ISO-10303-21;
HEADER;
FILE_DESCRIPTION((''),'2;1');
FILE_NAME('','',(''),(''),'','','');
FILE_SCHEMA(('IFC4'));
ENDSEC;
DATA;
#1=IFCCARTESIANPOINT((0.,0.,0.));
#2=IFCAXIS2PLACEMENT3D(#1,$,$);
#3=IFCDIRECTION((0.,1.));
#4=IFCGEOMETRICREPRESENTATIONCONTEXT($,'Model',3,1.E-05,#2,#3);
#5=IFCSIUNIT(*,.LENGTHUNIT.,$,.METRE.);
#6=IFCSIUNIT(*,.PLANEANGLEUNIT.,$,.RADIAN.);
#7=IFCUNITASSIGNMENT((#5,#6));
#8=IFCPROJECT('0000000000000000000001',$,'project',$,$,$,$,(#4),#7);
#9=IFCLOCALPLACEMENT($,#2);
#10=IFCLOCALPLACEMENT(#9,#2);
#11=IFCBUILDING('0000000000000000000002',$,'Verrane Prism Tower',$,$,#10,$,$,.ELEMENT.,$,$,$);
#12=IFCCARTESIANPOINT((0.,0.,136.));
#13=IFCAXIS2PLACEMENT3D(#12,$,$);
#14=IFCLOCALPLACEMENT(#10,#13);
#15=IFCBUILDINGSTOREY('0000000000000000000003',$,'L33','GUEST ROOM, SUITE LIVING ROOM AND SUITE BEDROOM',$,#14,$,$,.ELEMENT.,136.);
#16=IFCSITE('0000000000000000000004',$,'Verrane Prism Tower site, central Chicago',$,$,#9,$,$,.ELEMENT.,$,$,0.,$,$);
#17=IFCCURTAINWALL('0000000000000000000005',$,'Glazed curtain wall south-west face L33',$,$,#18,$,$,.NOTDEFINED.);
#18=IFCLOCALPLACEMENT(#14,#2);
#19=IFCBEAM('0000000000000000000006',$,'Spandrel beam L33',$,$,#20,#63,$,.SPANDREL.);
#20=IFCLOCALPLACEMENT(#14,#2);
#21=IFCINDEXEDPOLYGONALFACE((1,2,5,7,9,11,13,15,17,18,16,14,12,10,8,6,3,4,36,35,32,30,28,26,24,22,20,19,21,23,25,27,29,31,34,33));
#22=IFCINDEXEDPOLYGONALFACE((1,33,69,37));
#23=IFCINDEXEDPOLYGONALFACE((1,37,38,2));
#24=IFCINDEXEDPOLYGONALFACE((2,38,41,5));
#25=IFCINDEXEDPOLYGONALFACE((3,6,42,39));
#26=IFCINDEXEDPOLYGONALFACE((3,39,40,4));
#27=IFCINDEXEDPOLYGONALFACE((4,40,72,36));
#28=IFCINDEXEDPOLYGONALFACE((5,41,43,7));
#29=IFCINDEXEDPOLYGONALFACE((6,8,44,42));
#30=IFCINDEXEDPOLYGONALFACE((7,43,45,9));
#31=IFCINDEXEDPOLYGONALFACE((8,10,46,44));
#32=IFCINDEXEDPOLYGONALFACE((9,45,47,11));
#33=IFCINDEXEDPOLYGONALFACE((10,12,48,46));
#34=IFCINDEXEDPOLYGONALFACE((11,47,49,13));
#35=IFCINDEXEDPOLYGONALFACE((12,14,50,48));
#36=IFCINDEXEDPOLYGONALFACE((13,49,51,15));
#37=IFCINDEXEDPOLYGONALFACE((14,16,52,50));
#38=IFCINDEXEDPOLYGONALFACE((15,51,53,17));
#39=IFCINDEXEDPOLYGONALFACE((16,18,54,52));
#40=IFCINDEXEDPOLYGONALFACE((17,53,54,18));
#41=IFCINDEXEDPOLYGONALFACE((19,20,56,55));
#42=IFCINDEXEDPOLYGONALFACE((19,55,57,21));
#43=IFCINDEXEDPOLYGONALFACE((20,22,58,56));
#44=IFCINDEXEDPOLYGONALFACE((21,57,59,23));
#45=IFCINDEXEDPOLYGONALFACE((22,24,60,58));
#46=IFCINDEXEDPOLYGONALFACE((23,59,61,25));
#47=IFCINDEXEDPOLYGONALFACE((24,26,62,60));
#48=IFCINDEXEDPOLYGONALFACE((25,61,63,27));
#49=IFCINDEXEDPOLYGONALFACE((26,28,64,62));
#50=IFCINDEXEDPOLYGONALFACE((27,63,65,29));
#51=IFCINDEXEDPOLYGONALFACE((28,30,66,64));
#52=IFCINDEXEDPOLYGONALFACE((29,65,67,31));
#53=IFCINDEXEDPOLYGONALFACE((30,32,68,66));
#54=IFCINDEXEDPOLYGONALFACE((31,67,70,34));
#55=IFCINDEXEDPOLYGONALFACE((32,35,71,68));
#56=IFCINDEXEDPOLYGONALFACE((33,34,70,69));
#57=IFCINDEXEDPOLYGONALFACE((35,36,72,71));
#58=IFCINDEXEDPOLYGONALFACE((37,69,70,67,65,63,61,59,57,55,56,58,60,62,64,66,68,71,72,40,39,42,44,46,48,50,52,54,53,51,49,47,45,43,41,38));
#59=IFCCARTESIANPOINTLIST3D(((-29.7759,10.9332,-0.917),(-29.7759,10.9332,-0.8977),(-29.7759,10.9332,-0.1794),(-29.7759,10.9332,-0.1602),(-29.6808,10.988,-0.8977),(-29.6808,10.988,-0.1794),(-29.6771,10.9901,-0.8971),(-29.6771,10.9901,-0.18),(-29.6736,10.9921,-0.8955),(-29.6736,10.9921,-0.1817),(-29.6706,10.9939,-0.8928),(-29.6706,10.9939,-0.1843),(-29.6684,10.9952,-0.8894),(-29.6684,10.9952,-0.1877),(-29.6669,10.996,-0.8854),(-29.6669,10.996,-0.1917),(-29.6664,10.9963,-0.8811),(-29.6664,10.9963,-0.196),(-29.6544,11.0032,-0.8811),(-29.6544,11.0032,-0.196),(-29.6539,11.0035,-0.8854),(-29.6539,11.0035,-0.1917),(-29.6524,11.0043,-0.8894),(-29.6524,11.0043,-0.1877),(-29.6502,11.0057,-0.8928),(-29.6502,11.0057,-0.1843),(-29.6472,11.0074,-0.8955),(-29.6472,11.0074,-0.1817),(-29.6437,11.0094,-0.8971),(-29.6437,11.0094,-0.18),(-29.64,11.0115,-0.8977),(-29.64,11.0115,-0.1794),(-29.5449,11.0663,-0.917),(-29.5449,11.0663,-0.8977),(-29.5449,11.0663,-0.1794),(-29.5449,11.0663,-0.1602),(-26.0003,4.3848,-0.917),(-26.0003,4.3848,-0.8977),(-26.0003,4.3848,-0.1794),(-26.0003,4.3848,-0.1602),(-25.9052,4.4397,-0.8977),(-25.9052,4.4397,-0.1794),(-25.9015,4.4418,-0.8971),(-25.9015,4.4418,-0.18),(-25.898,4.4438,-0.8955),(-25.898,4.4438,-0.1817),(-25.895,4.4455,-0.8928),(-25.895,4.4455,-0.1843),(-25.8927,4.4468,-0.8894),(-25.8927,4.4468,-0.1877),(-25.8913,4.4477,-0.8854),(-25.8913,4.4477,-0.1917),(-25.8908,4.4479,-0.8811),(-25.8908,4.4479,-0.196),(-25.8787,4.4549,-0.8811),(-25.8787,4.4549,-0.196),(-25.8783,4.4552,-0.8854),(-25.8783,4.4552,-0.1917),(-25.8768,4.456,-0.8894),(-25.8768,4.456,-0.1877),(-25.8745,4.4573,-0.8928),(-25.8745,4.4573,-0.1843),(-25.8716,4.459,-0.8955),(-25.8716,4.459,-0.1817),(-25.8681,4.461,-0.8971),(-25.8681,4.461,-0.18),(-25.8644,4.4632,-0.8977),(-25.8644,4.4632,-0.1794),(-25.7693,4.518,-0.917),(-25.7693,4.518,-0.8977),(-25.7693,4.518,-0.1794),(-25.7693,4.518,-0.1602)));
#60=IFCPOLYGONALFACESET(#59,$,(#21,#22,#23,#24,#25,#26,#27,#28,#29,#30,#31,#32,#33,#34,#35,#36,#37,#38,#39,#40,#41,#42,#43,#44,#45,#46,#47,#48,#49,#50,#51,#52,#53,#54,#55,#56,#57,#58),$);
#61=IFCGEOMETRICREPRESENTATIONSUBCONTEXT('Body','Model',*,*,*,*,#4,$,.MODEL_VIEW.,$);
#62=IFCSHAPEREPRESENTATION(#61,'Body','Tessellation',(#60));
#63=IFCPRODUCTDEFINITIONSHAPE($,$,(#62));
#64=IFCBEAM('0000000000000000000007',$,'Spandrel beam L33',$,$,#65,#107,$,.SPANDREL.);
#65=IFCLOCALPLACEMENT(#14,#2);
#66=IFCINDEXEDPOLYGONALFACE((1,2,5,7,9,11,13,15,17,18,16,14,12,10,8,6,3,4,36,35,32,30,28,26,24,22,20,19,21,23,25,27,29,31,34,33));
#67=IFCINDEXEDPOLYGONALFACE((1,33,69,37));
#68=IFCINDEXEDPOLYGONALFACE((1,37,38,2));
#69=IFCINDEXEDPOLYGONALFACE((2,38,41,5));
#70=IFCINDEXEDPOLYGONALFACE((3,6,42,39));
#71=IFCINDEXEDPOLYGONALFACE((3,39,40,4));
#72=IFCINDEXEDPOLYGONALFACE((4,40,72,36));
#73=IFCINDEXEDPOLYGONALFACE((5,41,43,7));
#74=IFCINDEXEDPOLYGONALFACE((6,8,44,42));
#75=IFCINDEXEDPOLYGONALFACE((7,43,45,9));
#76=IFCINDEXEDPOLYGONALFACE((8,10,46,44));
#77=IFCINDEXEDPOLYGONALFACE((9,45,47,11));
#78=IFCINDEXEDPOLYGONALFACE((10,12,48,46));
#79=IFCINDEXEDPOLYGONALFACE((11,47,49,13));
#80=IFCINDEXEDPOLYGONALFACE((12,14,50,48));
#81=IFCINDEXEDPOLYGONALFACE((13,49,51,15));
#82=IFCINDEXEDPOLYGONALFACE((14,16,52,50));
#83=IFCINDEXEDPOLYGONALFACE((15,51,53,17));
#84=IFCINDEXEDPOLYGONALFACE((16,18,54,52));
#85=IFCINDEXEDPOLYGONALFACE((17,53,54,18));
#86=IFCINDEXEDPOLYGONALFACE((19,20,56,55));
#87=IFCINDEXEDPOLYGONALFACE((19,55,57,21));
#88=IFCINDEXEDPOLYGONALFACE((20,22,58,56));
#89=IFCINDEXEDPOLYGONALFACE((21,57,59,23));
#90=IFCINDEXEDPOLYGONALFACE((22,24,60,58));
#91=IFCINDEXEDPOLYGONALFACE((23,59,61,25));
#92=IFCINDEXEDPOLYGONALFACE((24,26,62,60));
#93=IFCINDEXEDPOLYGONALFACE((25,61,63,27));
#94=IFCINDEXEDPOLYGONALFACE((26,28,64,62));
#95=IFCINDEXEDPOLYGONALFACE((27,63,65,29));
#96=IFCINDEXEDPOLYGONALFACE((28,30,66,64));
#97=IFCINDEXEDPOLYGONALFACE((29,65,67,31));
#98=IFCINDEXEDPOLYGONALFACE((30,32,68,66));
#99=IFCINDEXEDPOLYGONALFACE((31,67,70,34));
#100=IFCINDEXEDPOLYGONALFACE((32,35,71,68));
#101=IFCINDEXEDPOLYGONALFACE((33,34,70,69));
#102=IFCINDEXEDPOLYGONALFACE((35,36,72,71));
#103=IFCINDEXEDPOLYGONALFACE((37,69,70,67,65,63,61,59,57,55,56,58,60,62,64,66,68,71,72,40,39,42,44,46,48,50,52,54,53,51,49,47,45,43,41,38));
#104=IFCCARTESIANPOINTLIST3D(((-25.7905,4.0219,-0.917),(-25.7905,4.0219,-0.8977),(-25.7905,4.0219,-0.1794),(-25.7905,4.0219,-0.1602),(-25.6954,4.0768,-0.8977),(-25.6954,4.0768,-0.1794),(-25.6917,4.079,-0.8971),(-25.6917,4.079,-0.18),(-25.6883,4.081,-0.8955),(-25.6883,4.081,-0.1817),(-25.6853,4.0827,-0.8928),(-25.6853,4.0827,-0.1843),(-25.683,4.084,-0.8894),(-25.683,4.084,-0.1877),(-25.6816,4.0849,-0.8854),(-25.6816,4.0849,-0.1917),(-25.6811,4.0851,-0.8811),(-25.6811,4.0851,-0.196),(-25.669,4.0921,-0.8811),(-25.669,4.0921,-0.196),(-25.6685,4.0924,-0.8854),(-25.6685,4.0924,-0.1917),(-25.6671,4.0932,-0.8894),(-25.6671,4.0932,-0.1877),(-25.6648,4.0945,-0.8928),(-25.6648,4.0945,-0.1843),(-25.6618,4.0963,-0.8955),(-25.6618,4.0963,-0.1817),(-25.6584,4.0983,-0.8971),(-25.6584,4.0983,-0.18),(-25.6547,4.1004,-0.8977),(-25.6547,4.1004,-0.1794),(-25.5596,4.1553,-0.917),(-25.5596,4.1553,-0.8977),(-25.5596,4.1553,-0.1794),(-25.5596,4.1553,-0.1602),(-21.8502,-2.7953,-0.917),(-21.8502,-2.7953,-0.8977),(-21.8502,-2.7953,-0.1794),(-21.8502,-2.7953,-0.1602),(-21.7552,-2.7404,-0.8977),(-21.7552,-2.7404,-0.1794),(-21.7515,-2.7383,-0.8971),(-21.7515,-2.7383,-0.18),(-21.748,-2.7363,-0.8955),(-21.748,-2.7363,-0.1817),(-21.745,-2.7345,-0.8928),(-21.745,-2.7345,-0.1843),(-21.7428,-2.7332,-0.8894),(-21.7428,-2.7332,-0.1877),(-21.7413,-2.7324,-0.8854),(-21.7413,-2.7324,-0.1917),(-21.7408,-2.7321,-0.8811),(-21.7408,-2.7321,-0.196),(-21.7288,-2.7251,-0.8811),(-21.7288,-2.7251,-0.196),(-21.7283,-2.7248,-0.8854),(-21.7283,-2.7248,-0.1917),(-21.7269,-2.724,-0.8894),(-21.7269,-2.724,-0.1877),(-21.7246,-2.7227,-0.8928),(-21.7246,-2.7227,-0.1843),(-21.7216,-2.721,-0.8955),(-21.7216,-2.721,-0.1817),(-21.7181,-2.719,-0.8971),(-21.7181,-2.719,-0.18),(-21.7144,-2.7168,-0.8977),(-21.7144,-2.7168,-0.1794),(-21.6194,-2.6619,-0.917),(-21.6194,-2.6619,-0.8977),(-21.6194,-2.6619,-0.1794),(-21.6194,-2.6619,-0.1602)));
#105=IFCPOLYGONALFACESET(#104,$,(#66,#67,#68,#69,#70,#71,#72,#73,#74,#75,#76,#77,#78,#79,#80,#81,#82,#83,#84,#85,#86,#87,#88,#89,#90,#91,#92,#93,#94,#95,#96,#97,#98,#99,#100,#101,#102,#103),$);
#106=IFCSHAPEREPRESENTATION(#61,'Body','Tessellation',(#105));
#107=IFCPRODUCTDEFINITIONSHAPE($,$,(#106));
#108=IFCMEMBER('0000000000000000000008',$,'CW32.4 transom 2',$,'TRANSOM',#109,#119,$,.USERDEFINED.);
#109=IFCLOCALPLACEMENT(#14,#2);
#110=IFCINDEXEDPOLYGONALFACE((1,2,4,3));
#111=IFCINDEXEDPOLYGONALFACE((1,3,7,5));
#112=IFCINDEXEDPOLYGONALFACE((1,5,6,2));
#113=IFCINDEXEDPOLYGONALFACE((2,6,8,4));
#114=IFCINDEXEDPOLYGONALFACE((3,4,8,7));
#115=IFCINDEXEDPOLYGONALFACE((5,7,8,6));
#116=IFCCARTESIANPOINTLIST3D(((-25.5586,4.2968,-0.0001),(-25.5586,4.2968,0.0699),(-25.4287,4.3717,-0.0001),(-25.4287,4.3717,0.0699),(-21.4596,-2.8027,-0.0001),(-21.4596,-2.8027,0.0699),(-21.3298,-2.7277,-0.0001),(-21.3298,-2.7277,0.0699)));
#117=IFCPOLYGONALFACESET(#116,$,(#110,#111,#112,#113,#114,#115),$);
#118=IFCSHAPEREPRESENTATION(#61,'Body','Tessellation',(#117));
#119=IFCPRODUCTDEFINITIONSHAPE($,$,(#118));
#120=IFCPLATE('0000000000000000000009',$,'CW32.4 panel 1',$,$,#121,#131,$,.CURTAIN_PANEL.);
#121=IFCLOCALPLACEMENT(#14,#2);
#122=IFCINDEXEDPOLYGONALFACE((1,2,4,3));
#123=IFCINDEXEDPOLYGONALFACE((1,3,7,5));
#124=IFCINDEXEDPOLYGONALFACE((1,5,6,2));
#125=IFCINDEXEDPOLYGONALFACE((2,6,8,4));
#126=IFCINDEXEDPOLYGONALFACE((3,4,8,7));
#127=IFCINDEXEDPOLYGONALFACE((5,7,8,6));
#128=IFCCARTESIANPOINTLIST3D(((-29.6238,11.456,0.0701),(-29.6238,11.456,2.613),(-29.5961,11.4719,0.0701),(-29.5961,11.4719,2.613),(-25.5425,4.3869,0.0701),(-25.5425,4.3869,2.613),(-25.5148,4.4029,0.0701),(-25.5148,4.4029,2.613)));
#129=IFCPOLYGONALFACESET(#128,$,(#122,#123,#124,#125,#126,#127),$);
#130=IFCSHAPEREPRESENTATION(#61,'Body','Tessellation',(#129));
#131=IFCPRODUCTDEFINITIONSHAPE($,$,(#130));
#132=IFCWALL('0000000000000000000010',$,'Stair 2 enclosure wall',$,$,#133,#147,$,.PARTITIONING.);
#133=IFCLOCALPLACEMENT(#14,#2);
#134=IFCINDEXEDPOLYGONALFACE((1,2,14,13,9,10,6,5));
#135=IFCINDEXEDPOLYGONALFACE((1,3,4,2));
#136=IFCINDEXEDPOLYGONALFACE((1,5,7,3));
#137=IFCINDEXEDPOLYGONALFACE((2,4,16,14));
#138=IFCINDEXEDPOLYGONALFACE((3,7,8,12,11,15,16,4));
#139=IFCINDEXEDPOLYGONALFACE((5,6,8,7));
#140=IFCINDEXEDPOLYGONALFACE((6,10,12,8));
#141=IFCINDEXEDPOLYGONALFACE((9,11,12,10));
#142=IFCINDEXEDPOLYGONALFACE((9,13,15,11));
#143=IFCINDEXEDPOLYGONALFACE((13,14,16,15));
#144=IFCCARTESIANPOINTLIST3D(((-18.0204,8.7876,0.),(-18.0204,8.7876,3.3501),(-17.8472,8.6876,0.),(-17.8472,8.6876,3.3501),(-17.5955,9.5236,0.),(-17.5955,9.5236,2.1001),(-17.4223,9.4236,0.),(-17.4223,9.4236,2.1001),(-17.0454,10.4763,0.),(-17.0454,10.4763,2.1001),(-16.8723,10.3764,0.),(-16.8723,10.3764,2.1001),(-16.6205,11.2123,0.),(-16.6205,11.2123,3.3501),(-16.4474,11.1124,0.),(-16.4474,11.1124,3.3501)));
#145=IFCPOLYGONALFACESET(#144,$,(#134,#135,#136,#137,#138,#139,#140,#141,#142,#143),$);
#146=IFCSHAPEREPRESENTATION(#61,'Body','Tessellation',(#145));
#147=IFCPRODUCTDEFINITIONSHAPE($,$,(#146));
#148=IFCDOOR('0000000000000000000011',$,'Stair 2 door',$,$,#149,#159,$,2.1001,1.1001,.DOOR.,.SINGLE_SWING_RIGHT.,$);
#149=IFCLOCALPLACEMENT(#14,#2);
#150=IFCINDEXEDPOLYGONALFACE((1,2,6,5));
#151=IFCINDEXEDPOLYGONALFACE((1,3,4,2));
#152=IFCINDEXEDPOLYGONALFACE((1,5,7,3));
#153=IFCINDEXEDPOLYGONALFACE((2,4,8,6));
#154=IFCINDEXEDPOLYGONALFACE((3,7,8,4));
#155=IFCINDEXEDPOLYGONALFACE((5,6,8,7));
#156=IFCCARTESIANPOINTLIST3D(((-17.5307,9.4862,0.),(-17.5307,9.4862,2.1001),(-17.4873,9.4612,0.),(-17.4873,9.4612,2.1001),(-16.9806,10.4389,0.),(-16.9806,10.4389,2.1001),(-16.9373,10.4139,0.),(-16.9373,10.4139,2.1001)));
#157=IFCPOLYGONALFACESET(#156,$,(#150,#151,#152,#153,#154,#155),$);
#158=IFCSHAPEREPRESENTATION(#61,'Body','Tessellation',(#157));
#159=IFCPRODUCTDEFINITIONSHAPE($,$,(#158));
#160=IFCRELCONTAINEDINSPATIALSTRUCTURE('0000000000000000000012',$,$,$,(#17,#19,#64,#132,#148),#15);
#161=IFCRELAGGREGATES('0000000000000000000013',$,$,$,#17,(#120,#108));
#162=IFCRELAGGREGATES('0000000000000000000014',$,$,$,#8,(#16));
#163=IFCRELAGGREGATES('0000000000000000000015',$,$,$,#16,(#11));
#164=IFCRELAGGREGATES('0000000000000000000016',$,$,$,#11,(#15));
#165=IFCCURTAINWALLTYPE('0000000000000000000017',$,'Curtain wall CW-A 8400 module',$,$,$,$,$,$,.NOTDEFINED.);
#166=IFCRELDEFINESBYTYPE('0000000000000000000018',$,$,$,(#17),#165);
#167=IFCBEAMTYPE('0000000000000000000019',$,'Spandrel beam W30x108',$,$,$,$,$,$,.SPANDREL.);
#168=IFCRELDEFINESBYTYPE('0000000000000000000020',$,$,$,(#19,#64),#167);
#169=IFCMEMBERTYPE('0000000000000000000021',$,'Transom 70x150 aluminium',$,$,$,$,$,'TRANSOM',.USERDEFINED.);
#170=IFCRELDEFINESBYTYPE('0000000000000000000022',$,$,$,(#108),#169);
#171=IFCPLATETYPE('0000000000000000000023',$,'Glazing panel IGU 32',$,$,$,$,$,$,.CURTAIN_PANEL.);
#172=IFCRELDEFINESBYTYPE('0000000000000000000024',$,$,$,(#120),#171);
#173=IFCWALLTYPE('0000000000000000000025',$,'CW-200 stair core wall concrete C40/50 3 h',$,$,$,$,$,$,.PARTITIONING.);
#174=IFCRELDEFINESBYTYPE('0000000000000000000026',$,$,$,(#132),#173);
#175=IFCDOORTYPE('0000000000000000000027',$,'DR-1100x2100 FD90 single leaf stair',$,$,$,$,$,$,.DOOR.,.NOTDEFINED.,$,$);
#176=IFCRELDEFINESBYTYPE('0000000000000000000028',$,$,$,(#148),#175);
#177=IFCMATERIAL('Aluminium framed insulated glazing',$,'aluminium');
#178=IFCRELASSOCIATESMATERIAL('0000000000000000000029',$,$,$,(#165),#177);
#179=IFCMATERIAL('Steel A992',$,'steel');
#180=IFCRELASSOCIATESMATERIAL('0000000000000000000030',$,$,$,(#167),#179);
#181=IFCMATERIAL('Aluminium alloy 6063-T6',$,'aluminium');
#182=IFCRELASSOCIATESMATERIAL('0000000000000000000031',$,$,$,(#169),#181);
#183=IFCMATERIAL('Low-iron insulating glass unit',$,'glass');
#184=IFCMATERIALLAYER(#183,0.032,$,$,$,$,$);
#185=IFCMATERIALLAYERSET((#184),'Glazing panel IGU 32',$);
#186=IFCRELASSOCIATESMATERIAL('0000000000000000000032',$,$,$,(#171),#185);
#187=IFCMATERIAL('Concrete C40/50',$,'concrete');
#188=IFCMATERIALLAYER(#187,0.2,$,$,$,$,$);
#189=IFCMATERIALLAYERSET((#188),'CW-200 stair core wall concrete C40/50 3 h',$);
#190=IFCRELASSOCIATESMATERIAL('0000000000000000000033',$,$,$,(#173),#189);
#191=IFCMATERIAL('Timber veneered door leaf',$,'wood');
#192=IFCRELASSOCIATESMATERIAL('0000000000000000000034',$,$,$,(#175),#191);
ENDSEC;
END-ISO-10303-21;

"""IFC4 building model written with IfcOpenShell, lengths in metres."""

from ifc_helpers import new_model, si_unit, direction, frame, frame_2d, origin, origin_2d, place, context, subcontext, project, spatial, rectangle, i_section, extrude, material, layer, layer_set, material_profile, profile_set, type_object, element, fill, aggregate, save


model = new_model("IFC4")

# Units and contexts
model_context = context("Model", 3, precision=1e-05, world=origin(), true_north=direction((0.0, 1.0)))
body_context = subcontext(model_context, "Body", "Model", "MODEL_VIEW")
ifc_project = project(units=[si_unit("LENGTHUNIT", "METRE"), si_unit("PLANEANGLEUNIT", "RADIAN")], contexts=[model_context])

# Site, building, storey
site_placement = place(None, origin())
site = spatial("IfcSite", under=ifc_project, at=site_placement, Name="Verrane Prism Tower site, central Chicago", CompositionType="ELEMENT", RefElevation=0.0)
building_placement = place(site_placement, origin())
building = spatial("IfcBuilding", under=site, at=building_placement, Name="Verrane Prism Tower", CompositionType="ELEMENT")
storey_placement = place(building_placement, frame((0.0, 0.0, 136.0)))
storey = spatial("IfcBuildingStorey", under=building, at=storey_placement, Name="L33", Description="GUEST ROOM, SUITE LIVING ROOM AND SUITE BEDROOM", CompositionType="ELEMENT", Elevation=136.0)

# Curtain wall
ifc_material_1 = material(Name="Aluminium framed insulated glazing", Category="aluminium")
curtain_wall_type = type_object("IfcCurtainWallType", Name="Curtain wall CW-A 8400 module", PredefinedType="NOTDEFINED", material=ifc_material_1)
curtain_wall_placement = place(storey_placement, origin())
curtain_wall = element("IfcCurtainWall", 1, at=curtain_wall_placement, inside=storey, type_object=curtain_wall_type, Name="Glazed curtain wall south-west face L33", PredefinedType="NOTDEFINED")

# Beams
ifc_material_2 = material(Name="Steel A992", Category="steel")
ifc_material_profile_1 = material_profile(ifc_material_2, i_section(OverallWidth=0.2666, OverallDepth=0.7568, WebThickness=0.0139, FlangeThickness=0.0193, FilletRadius=0.0166, at=origin_2d()), Name="W30x108")
ifc_profile_set_1 = profile_set([ifc_material_profile_1], Name="Steel A992")
beam_type_1 = type_object("IfcBeamType", Name="Spandrel beam W30x108", PredefinedType="SPANDREL", material=ifc_profile_set_1)
beam_1_placement = place(storey_placement, frame((-29.6604, 10.9998, -0.5386), z_axis=(0.499499, -0.866315, 0.0), x_axis=(0.866315, 0.499499, 0.0)))
element("IfcBeam", 2, at=beam_1_placement, inside=storey, type_object=beam_type_1, Name="Spandrel beam L33", PredefinedType="SPANDREL", context=body_context, shape_type="SweptSolid", body=[
    extrude(i_section(OverallWidth=0.2666, OverallDepth=0.7568, WebThickness=0.0139, FlangeThickness=0.0193, FilletRadius=0.0166, at=origin_2d()), origin(), (0.0, 0.0, 1.0), 7.5588),
])
beam_2_placement = place(storey_placement, frame((-25.675, 4.0886, -0.5386), z_axis=(0.50041, -0.865788, 0.0), x_axis=(0.865788, 0.50041, 0.0)))
element("IfcBeam", 3, at=beam_2_placement, inside=storey, type_object=beam_type_1, Name="Spandrel beam L33", PredefinedType="SPANDREL", context=body_context, shape_type="SweptSolid", body=[
    extrude(i_section(OverallWidth=0.2666, OverallDepth=0.7568, WebThickness=0.0139, FlangeThickness=0.0193, FilletRadius=0.0166, at=origin_2d()), origin(), (0.0, 0.0, 1.0), 7.874),
])

# Member
ifc_material_3 = material(Name="Aluminium alloy 6063-T6", Category="aluminium")
ifc_material_profile_2 = material_profile(ifc_material_3, rectangle(XDim=0.1499, YDim=0.0701, at=origin_2d()), Name="Transom 70x150 aluminium")
ifc_profile_set_2 = profile_set([ifc_material_profile_2], Name="Aluminium alloy 6063-T6")
member_type_1 = type_object("IfcMemberType", Name="Transom 70x150 aluminium", ElementType="TRANSOM", PredefinedType="USERDEFINED", material=ifc_profile_set_2)
member_1_placement = place(storey_placement, frame((-25.4937, 4.3342, 0.0349), z_axis=(0.500005, -0.866022, 0.0), x_axis=(0.866022, 0.500005, 0.0)))
member_1 = element("IfcMember", 4, at=member_1_placement, type_object=member_type_1, Name="CW32.4 transom 2", ObjectType="TRANSOM", PredefinedType="USERDEFINED", context=body_context, shape_type="SweptSolid", body=[
    extrude(rectangle(XDim=0.1499, YDim=0.0701, at=origin_2d()), origin(), (0.0, 0.0, 1.0), 8.1978),
])

# Plate
ifc_material_4 = material(Name="Low-iron insulating glass unit", Category="glass")
ifc_layer_1 = layer(ifc_material_4, 0.032)
ifc_layer_set_1 = layer_set([ifc_layer_1], Name="Glazing panel IGU 32")
plate_type = type_object("IfcPlateType", Name="Glazing panel IGU 32", PredefinedType="CURTAIN_PANEL", material=ifc_layer_set_1)
plate_placement = place(storey_placement, frame((-27.5693, 7.9294, 0.0701), z_axis=(0.0, 0.0, 1.0), x_axis=(0.5, -0.866025, 0.0)))
plate = element("IfcPlate", 5, at=plate_placement, type_object=plate_type, Name="CW32.4 panel 1", PredefinedType="CURTAIN_PANEL", context=body_context, shape_type="SweptSolid", body=[
    extrude(rectangle(XDim=8.1626, YDim=0.032, at=origin_2d()), origin(), (0.0, 0.0, 1.0), 2.543),
])
aggregate(curtain_wall, [plate, member_1])

# Wall, opening, door
ifc_material_5 = material(Name="Concrete C40/50", Category="concrete")
ifc_layer_2 = layer(ifc_material_5, 0.2)
ifc_layer_set_2 = layer_set([ifc_layer_2], Name="CW-200 stair core wall concrete C40/50 3 h")
wall_type_1 = type_object("IfcWallType", Name="CW-200 stair core wall concrete C40/50 3 h", PredefinedType="PARTITIONING", material=ifc_layer_set_2)
wall_1_placement = place(storey_placement, frame((-16.5339, 11.1624, 0.0), z_axis=(0.0, 0.0, 1.0), x_axis=(-0.499984, -0.866035, 0.0)))
wall_1 = element("IfcWall", 6, at=wall_1_placement, inside=storey, type_object=wall_type_1, Name="Stair 2 enclosure wall", PredefinedType="PARTITIONING", context=body_context, shape_type="SweptSolid", body=[
    extrude(rectangle(XDim=2.7998, YDim=0.2, at=frame_2d((1.3999, 0.0))), origin(), (0.0, 0.0, 1.0), 3.3501),
])
opening_1_placement = place(wall_1_placement, frame((0.8499, 0.0, 0.0)))
opening_1 = element("IfcOpeningElement", 7, at=opening_1_placement, cuts=wall_1, PredefinedType="OPENING", context=body_context, shape_type="SweptSolid", body=[
    extrude(rectangle(XDim=1.1001, YDim=2.1001, at=frame_2d((0.55, 1.05))), frame((0.0, 0.1099, 0.0), z_axis=(0.0, -1.0, 0.0), x_axis=(1.0, 0.0, 0.0)), (0.0, 0.0, 1.0), 0.22),
])
ifc_material_6 = material(Name="Timber veneered door leaf", Category="wood")
door_type_1 = type_object("IfcDoorType", Name="DR-1100x2100 FD90 single leaf stair", OperationType="NOTDEFINED", PredefinedType="DOOR", material=ifc_material_6)
door_1_placement = place(opening_1_placement, origin())
door_1 = element("IfcDoor", 8, at=door_1_placement, inside=storey, type_object=door_type_1, Name="Stair 2 door", OperationType="SINGLE_SWING_RIGHT", OverallHeight=2.1001, OverallWidth=1.1001, PredefinedType="DOOR", context=body_context, shape_type="SweptSolid", body=[
    extrude(rectangle(XDim=1.1001, YDim=2.1001, at=frame_2d((0.55, 1.05))), frame((0.0, 0.0249, 0.0), z_axis=(0.0, -1.0, 0.0), x_axis=(1.0, 0.0, 0.0)), (0.0, 0.0, 1.0), 0.05),
])
fill(opening_1, door_1)

save(model, "model.ifc")
